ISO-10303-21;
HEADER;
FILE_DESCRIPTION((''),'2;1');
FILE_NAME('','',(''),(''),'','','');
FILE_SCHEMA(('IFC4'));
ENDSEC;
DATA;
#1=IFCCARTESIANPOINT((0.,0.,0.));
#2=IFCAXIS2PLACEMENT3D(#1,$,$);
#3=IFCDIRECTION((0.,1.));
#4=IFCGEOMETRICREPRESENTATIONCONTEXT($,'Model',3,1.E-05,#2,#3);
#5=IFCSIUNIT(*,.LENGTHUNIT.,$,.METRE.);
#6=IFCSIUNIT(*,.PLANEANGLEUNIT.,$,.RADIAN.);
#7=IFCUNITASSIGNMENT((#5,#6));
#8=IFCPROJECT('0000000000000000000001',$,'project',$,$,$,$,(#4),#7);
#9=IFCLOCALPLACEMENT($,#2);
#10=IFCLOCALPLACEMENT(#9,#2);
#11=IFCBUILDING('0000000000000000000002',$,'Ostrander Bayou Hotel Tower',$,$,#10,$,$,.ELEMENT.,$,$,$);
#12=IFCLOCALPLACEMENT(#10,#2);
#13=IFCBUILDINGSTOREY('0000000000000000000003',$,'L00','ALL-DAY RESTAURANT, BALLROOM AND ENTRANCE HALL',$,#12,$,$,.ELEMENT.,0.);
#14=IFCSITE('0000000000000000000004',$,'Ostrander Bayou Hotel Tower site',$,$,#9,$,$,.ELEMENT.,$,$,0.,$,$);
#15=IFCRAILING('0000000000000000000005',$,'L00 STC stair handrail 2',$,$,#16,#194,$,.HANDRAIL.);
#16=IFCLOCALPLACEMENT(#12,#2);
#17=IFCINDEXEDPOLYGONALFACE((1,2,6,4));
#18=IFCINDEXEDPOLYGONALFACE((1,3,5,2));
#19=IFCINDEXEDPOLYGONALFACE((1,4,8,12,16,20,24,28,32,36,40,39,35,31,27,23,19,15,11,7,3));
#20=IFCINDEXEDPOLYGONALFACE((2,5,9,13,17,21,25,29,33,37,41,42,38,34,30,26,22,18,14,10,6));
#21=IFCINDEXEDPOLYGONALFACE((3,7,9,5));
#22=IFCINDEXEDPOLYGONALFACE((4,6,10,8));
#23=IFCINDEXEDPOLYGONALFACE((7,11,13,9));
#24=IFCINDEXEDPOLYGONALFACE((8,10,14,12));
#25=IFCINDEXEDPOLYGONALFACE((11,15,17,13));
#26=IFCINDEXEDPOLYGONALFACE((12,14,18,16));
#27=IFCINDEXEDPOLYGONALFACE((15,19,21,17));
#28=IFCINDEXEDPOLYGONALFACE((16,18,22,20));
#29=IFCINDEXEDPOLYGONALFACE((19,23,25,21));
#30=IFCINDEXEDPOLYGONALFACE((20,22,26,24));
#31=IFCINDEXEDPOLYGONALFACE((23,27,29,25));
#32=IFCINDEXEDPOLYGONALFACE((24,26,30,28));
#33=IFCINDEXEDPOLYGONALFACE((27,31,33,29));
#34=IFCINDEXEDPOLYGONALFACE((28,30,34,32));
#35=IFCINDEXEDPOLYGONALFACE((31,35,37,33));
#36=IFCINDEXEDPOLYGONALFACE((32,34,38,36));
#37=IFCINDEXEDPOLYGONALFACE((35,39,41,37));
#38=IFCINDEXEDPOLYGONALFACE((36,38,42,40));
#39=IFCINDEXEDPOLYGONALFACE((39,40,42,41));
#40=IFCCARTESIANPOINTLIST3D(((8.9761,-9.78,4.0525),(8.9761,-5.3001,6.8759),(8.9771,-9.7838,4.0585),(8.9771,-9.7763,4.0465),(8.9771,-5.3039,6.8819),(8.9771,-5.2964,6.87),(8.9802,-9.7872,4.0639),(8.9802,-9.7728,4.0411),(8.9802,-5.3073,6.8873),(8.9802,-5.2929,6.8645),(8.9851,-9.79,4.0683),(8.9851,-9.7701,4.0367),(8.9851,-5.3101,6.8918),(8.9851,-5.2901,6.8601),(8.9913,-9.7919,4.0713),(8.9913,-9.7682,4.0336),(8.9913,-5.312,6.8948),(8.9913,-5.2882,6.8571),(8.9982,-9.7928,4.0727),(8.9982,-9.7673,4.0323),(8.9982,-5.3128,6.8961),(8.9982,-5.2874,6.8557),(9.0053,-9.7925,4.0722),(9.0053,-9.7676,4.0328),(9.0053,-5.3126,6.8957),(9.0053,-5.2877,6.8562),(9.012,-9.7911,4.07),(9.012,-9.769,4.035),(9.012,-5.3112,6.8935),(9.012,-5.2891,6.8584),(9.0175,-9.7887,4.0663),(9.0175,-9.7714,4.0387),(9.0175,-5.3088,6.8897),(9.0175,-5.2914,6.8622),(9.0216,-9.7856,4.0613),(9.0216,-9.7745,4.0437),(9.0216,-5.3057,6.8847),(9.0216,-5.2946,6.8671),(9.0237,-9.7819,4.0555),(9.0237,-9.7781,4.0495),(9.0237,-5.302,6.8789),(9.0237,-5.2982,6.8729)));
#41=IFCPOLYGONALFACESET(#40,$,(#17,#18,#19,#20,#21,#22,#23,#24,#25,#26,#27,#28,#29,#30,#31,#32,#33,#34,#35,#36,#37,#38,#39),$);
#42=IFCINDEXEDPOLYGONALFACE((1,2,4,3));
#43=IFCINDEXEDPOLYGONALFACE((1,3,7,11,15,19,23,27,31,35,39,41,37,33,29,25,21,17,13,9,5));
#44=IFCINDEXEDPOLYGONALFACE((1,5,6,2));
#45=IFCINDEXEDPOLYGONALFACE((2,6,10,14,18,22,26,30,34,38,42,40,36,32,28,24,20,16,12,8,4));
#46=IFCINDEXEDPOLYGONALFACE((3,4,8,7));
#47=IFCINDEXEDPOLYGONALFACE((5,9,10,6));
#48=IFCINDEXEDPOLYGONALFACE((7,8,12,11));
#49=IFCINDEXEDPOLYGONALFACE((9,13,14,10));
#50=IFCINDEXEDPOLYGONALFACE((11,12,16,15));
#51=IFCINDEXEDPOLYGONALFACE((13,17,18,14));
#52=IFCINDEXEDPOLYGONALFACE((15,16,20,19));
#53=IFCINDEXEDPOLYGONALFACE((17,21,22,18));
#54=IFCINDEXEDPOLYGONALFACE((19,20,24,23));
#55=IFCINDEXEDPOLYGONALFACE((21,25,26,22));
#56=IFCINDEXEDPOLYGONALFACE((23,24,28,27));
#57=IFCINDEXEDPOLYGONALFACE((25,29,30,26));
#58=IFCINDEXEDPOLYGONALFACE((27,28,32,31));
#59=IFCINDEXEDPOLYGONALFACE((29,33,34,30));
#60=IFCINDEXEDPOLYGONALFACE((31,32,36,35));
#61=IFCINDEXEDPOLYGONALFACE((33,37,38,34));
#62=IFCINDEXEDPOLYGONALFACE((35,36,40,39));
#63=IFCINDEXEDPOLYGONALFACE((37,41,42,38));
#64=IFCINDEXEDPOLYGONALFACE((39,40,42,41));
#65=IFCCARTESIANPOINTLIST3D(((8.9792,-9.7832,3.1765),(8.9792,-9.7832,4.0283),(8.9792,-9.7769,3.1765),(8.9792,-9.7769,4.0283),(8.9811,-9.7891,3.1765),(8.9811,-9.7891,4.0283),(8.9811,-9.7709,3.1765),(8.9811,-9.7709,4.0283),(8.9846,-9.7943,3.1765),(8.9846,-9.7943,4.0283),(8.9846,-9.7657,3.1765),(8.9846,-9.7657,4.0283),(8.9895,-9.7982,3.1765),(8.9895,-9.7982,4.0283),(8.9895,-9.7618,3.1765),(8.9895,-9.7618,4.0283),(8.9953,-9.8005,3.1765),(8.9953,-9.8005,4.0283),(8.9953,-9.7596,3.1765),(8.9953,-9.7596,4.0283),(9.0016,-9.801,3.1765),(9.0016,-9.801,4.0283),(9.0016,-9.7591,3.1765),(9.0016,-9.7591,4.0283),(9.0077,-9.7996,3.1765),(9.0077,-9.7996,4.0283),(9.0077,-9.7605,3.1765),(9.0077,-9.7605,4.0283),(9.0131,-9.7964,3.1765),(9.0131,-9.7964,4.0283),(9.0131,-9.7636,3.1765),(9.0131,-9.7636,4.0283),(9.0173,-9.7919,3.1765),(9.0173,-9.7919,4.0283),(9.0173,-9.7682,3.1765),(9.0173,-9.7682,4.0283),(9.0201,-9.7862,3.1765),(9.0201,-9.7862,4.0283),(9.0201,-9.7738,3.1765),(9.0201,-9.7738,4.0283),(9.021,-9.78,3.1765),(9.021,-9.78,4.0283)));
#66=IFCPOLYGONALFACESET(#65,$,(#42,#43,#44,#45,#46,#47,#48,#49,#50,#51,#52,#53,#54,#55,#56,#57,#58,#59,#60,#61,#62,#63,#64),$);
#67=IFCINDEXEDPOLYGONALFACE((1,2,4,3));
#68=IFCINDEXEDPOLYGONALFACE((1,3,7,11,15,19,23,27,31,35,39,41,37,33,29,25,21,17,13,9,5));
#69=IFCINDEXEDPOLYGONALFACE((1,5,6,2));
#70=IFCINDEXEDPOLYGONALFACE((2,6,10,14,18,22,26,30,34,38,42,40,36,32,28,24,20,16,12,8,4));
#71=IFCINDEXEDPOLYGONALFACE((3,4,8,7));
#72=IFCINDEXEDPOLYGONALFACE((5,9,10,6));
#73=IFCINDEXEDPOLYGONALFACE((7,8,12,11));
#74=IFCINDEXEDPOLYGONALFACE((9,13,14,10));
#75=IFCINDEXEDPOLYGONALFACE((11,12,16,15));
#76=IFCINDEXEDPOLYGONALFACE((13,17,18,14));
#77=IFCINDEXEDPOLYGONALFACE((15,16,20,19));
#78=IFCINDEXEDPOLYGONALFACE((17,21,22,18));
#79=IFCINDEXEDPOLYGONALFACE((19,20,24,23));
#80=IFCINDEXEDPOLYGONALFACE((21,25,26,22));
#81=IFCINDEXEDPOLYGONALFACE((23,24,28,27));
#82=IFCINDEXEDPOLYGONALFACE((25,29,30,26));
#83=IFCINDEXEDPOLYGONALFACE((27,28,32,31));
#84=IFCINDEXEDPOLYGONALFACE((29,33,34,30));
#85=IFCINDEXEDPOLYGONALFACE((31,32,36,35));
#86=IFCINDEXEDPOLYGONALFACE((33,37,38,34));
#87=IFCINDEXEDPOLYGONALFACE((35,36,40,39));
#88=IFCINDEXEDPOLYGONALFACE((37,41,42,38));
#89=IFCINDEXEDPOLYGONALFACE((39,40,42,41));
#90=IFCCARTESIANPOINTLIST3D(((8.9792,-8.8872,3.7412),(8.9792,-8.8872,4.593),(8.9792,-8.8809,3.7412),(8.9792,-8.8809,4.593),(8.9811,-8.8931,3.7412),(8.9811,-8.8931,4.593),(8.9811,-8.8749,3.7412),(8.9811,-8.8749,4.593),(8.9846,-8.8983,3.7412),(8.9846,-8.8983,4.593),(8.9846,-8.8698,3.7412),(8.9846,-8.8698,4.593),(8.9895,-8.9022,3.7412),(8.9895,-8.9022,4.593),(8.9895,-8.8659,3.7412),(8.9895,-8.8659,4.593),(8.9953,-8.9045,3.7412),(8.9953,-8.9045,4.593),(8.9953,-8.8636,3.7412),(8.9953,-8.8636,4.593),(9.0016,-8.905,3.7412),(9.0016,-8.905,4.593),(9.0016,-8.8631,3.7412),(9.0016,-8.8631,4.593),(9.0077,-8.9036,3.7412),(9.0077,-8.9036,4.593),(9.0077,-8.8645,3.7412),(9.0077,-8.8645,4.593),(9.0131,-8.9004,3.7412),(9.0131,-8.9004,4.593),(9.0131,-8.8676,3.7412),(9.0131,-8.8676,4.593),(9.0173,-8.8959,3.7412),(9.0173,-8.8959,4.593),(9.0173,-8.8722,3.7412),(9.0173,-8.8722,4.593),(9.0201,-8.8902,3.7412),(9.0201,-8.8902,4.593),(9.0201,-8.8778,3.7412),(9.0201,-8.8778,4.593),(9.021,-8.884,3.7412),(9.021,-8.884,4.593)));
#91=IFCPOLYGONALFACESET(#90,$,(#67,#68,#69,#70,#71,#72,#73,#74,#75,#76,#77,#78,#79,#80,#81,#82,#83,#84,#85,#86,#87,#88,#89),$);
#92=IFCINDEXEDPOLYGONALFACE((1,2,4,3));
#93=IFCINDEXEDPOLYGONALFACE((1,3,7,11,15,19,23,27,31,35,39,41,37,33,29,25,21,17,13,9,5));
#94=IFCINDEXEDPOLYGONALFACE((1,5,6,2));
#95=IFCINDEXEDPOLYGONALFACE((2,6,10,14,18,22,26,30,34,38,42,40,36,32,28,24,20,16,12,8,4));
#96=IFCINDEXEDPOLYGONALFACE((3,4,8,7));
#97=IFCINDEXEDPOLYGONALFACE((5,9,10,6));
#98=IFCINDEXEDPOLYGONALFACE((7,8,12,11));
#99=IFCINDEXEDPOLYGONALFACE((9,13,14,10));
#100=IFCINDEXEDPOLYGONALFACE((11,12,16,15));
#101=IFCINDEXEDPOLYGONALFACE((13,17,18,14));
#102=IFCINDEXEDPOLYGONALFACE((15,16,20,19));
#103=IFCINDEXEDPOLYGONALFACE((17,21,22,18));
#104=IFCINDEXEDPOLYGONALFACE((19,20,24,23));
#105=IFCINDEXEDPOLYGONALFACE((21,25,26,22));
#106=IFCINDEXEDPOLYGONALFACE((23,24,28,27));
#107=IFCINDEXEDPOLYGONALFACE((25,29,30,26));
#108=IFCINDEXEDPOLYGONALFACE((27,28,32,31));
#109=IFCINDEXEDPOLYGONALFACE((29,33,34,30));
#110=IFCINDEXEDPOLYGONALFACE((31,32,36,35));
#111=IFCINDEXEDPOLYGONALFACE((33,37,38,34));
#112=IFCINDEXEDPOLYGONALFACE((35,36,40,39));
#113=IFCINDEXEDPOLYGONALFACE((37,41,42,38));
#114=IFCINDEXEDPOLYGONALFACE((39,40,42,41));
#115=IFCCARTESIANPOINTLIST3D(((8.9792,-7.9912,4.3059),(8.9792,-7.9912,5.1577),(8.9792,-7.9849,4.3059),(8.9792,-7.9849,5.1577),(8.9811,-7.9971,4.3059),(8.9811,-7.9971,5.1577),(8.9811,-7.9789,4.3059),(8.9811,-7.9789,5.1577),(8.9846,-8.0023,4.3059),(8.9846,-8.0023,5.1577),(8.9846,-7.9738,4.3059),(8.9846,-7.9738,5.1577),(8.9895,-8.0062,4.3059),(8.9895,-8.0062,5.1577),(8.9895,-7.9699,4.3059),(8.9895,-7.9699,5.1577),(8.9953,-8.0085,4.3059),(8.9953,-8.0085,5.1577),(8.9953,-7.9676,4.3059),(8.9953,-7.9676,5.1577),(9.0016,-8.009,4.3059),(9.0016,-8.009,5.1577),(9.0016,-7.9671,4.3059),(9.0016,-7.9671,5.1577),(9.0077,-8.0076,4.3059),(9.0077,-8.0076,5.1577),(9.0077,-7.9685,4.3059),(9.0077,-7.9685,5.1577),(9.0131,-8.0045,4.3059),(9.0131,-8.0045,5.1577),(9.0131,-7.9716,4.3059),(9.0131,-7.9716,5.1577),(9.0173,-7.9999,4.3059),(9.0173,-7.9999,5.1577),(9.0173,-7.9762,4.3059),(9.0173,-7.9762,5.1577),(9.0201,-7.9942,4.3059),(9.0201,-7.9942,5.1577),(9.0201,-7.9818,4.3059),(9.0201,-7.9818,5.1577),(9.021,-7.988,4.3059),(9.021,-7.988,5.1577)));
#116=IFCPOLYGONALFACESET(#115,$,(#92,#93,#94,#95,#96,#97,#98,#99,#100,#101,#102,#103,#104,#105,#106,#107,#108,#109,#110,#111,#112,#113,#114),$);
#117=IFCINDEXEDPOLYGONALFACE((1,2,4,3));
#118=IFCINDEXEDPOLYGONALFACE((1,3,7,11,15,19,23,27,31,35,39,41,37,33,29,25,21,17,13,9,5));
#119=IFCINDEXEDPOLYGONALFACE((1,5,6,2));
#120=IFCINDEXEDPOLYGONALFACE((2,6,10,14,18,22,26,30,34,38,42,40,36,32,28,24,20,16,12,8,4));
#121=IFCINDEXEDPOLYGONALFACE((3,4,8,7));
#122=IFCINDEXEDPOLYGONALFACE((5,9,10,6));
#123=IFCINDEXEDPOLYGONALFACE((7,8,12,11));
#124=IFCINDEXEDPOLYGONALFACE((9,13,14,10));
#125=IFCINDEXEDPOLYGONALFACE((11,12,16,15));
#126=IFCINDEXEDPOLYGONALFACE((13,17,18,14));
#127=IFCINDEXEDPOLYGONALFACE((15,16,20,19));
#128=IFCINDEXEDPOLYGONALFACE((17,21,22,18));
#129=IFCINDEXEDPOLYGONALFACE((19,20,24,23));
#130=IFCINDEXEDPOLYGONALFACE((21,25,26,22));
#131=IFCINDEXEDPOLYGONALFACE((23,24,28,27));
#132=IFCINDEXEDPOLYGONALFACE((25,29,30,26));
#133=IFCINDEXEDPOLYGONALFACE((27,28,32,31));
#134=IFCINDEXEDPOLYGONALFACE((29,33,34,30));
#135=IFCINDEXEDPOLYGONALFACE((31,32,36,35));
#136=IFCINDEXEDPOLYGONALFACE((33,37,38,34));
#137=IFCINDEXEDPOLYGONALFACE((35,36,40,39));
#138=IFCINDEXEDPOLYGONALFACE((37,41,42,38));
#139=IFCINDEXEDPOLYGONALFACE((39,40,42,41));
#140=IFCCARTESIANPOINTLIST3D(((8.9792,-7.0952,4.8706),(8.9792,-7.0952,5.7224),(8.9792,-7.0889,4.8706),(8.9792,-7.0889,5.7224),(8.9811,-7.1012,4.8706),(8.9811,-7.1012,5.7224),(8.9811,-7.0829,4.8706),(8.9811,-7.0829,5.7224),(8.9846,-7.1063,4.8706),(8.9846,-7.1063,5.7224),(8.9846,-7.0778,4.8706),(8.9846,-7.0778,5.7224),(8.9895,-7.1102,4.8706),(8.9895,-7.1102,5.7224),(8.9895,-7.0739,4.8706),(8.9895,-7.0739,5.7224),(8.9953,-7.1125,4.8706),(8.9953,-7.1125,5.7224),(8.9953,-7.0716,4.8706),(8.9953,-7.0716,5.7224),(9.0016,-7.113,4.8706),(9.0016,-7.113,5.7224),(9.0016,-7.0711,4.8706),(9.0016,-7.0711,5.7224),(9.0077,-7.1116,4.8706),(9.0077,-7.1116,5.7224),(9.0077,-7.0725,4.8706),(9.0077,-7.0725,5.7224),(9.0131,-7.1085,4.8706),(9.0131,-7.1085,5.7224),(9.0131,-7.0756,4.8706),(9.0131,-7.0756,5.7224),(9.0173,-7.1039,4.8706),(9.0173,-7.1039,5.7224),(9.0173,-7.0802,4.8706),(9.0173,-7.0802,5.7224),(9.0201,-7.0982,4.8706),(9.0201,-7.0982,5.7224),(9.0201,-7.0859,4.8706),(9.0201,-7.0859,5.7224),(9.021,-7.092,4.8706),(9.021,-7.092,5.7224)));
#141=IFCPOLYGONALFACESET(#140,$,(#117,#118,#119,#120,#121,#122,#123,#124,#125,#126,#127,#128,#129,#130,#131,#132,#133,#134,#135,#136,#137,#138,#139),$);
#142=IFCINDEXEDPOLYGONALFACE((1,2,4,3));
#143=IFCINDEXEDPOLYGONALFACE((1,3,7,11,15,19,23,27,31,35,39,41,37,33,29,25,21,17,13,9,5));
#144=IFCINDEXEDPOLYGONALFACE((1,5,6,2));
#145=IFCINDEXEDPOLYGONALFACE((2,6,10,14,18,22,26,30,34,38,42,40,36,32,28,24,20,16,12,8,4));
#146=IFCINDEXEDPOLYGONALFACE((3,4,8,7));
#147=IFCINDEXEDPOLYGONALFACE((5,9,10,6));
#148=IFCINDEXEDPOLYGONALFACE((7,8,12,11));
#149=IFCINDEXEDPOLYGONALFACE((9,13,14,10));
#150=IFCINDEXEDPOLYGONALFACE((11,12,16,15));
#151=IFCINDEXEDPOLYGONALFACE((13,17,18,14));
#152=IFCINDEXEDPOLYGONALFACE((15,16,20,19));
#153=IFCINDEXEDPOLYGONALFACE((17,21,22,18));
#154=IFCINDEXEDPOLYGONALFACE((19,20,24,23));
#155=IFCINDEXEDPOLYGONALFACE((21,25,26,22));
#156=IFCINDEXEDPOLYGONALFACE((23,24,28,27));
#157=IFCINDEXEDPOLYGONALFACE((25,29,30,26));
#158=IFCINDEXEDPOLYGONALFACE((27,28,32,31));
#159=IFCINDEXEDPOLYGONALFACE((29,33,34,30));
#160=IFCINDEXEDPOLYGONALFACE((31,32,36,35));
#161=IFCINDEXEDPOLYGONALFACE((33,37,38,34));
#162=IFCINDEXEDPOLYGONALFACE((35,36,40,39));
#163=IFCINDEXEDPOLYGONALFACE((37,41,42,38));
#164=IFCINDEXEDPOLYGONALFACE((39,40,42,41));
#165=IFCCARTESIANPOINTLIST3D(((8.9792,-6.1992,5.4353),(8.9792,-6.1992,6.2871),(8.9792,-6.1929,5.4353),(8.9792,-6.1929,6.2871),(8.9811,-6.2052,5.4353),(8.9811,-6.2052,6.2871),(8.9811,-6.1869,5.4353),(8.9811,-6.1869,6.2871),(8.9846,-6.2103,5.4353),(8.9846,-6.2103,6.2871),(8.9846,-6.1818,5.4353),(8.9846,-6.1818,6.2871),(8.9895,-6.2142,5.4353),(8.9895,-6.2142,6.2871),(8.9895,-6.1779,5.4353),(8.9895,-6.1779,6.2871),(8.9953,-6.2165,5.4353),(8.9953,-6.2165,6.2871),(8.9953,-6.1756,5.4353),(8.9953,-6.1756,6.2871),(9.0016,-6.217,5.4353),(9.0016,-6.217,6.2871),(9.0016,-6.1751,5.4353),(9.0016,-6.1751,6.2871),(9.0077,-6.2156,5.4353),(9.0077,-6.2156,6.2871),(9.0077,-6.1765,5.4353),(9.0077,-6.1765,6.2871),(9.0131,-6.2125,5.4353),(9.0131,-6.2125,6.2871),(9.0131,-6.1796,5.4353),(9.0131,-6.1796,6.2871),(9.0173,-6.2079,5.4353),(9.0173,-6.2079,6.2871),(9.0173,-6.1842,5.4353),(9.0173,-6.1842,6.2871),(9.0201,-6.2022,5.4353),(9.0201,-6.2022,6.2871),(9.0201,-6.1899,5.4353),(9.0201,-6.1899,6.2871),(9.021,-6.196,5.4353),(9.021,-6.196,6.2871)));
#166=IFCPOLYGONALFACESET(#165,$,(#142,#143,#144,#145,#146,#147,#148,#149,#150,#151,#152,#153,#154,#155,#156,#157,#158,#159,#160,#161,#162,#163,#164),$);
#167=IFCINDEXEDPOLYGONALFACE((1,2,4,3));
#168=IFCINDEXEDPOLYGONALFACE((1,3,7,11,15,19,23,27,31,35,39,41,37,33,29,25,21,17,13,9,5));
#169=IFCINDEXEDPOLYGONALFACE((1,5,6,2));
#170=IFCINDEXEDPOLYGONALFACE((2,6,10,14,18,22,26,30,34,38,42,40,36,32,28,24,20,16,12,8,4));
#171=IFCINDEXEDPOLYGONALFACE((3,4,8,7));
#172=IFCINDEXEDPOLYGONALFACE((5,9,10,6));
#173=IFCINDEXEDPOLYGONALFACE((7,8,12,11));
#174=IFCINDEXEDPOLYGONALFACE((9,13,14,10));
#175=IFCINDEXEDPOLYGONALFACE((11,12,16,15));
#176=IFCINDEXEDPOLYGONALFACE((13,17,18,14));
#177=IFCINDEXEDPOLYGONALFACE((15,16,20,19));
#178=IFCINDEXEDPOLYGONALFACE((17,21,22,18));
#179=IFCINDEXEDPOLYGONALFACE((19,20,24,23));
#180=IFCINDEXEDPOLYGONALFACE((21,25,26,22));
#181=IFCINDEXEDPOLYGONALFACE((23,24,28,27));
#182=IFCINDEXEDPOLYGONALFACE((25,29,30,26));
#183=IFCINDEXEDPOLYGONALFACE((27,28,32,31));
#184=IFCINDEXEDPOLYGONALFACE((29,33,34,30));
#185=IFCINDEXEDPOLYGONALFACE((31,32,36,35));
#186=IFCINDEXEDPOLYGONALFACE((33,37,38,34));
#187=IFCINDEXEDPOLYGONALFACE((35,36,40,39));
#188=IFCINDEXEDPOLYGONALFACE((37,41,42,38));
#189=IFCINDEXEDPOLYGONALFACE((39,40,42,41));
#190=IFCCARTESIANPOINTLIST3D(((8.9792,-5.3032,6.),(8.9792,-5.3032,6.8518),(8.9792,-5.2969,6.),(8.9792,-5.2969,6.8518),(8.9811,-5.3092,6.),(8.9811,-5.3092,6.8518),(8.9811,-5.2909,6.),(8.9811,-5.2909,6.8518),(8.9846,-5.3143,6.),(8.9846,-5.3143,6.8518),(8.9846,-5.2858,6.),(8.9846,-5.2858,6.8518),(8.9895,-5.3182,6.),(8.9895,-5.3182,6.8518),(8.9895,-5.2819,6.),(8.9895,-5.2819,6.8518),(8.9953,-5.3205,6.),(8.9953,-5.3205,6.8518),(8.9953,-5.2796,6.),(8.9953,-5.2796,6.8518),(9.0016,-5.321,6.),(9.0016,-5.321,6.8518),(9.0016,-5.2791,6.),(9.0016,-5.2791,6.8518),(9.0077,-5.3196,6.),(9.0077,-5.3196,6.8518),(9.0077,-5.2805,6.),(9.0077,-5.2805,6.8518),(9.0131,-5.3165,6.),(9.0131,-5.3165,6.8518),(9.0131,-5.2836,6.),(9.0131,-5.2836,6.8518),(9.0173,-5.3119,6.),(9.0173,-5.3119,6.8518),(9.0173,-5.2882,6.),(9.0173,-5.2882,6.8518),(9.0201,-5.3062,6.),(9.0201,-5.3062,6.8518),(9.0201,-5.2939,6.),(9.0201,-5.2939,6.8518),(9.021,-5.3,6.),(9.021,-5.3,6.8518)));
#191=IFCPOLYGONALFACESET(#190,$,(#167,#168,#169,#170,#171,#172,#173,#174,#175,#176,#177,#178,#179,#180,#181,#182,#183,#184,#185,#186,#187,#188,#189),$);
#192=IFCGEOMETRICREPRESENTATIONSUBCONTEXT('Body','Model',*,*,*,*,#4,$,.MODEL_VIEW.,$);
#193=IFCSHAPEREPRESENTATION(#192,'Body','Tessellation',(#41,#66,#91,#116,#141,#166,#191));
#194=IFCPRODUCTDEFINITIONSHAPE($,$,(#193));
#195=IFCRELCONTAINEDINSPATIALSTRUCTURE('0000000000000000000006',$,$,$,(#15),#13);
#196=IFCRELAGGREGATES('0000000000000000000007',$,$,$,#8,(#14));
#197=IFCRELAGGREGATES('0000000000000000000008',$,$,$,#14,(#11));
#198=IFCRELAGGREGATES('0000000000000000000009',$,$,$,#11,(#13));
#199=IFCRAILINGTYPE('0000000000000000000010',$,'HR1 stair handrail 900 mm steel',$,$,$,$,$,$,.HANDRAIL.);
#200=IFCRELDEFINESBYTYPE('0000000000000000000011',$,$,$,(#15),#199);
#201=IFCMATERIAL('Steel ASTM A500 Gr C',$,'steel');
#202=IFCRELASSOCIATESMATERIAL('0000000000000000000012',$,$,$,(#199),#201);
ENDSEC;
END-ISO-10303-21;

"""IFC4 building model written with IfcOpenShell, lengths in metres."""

from ifc_helpers import new_model, si_unit, direction, frame, origin, origin_2d, place, context, subcontext, project, spatial, circle, extrude, material, type_object, element, save


model = new_model("IFC4")

# Units and contexts
model_context = context("Model", 3, precision=1e-05, world=origin(), true_north=direction((0.0, 1.0)))
body_context = subcontext(model_context, "Body", "Model", "MODEL_VIEW")
ifc_project = project(units=[si_unit("LENGTHUNIT", "METRE"), si_unit("PLANEANGLEUNIT", "RADIAN")], contexts=[model_context])

# Site, building, storey
site_placement = place(None, origin())
site = spatial("IfcSite", under=ifc_project, at=site_placement, Name="Ostrander Bayou Hotel Tower site", CompositionType="ELEMENT", RefElevation=0.0)
building_placement = place(site_placement, origin())
building = spatial("IfcBuilding", under=site, at=building_placement, Name="Ostrander Bayou Hotel Tower", CompositionType="ELEMENT")
storey_placement = place(building_placement, origin())
storey = spatial("IfcBuildingStorey", under=building, at=storey_placement, Name="L00", Description="ALL-DAY RESTAURANT, BALLROOM AND ENTRANCE HALL", CompositionType="ELEMENT", Elevation=0.0)

# Railing
ifc_material_1 = material(Name="Steel ASTM A500 Gr C", Category="steel")
railing_type = type_object("IfcRailingType", Name="HR1 stair handrail 900 mm steel", PredefinedType="HANDRAIL", material=ifc_material_1)
railing_placement = place(storey_placement, frame((9.0, -9.78, 3.1765)))
element("IfcRailing", 1, at=railing_placement, inside=storey, type_object=railing_type, Name="L00 STC stair handrail 2", PredefinedType="HANDRAIL", context=body_context, shape_type="SweptSolid", body=[
    extrude(circle(Radius=0.0239, at=origin_2d()), frame((0.0, 0.0, 0.876), z_axis=(0.0, 0.845998, 0.533186), x_axis=(-1.0, 0.0, 0.0)), (0.0, 0.0, 1.0), 5.2954),
    extrude(circle(Radius=0.021, at=origin_2d()), origin(), (0.0, 0.0, 1.0), 0.8518),
    extrude(circle(Radius=0.021, at=origin_2d()), frame((0.0, 0.896, 0.5647)), (0.0, 0.0, 1.0), 0.8518),
    extrude(circle(Radius=0.021, at=origin_2d()), frame((0.0, 1.792, 1.1294)), (0.0, 0.0, 1.0), 0.8518),
    extrude(circle(Radius=0.021, at=origin_2d()), frame((0.0, 2.688, 1.6941)), (0.0, 0.0, 1.0), 0.8518),
    extrude(circle(Radius=0.021, at=origin_2d()), frame((0.0, 3.584, 2.2588)), (0.0, 0.0, 1.0), 0.8518),
    extrude(circle(Radius=0.021, at=origin_2d()), frame((0.0, 4.48, 2.8235)), (0.0, 0.0, 1.0), 0.8518),
])

save(model, "model.ifc")
